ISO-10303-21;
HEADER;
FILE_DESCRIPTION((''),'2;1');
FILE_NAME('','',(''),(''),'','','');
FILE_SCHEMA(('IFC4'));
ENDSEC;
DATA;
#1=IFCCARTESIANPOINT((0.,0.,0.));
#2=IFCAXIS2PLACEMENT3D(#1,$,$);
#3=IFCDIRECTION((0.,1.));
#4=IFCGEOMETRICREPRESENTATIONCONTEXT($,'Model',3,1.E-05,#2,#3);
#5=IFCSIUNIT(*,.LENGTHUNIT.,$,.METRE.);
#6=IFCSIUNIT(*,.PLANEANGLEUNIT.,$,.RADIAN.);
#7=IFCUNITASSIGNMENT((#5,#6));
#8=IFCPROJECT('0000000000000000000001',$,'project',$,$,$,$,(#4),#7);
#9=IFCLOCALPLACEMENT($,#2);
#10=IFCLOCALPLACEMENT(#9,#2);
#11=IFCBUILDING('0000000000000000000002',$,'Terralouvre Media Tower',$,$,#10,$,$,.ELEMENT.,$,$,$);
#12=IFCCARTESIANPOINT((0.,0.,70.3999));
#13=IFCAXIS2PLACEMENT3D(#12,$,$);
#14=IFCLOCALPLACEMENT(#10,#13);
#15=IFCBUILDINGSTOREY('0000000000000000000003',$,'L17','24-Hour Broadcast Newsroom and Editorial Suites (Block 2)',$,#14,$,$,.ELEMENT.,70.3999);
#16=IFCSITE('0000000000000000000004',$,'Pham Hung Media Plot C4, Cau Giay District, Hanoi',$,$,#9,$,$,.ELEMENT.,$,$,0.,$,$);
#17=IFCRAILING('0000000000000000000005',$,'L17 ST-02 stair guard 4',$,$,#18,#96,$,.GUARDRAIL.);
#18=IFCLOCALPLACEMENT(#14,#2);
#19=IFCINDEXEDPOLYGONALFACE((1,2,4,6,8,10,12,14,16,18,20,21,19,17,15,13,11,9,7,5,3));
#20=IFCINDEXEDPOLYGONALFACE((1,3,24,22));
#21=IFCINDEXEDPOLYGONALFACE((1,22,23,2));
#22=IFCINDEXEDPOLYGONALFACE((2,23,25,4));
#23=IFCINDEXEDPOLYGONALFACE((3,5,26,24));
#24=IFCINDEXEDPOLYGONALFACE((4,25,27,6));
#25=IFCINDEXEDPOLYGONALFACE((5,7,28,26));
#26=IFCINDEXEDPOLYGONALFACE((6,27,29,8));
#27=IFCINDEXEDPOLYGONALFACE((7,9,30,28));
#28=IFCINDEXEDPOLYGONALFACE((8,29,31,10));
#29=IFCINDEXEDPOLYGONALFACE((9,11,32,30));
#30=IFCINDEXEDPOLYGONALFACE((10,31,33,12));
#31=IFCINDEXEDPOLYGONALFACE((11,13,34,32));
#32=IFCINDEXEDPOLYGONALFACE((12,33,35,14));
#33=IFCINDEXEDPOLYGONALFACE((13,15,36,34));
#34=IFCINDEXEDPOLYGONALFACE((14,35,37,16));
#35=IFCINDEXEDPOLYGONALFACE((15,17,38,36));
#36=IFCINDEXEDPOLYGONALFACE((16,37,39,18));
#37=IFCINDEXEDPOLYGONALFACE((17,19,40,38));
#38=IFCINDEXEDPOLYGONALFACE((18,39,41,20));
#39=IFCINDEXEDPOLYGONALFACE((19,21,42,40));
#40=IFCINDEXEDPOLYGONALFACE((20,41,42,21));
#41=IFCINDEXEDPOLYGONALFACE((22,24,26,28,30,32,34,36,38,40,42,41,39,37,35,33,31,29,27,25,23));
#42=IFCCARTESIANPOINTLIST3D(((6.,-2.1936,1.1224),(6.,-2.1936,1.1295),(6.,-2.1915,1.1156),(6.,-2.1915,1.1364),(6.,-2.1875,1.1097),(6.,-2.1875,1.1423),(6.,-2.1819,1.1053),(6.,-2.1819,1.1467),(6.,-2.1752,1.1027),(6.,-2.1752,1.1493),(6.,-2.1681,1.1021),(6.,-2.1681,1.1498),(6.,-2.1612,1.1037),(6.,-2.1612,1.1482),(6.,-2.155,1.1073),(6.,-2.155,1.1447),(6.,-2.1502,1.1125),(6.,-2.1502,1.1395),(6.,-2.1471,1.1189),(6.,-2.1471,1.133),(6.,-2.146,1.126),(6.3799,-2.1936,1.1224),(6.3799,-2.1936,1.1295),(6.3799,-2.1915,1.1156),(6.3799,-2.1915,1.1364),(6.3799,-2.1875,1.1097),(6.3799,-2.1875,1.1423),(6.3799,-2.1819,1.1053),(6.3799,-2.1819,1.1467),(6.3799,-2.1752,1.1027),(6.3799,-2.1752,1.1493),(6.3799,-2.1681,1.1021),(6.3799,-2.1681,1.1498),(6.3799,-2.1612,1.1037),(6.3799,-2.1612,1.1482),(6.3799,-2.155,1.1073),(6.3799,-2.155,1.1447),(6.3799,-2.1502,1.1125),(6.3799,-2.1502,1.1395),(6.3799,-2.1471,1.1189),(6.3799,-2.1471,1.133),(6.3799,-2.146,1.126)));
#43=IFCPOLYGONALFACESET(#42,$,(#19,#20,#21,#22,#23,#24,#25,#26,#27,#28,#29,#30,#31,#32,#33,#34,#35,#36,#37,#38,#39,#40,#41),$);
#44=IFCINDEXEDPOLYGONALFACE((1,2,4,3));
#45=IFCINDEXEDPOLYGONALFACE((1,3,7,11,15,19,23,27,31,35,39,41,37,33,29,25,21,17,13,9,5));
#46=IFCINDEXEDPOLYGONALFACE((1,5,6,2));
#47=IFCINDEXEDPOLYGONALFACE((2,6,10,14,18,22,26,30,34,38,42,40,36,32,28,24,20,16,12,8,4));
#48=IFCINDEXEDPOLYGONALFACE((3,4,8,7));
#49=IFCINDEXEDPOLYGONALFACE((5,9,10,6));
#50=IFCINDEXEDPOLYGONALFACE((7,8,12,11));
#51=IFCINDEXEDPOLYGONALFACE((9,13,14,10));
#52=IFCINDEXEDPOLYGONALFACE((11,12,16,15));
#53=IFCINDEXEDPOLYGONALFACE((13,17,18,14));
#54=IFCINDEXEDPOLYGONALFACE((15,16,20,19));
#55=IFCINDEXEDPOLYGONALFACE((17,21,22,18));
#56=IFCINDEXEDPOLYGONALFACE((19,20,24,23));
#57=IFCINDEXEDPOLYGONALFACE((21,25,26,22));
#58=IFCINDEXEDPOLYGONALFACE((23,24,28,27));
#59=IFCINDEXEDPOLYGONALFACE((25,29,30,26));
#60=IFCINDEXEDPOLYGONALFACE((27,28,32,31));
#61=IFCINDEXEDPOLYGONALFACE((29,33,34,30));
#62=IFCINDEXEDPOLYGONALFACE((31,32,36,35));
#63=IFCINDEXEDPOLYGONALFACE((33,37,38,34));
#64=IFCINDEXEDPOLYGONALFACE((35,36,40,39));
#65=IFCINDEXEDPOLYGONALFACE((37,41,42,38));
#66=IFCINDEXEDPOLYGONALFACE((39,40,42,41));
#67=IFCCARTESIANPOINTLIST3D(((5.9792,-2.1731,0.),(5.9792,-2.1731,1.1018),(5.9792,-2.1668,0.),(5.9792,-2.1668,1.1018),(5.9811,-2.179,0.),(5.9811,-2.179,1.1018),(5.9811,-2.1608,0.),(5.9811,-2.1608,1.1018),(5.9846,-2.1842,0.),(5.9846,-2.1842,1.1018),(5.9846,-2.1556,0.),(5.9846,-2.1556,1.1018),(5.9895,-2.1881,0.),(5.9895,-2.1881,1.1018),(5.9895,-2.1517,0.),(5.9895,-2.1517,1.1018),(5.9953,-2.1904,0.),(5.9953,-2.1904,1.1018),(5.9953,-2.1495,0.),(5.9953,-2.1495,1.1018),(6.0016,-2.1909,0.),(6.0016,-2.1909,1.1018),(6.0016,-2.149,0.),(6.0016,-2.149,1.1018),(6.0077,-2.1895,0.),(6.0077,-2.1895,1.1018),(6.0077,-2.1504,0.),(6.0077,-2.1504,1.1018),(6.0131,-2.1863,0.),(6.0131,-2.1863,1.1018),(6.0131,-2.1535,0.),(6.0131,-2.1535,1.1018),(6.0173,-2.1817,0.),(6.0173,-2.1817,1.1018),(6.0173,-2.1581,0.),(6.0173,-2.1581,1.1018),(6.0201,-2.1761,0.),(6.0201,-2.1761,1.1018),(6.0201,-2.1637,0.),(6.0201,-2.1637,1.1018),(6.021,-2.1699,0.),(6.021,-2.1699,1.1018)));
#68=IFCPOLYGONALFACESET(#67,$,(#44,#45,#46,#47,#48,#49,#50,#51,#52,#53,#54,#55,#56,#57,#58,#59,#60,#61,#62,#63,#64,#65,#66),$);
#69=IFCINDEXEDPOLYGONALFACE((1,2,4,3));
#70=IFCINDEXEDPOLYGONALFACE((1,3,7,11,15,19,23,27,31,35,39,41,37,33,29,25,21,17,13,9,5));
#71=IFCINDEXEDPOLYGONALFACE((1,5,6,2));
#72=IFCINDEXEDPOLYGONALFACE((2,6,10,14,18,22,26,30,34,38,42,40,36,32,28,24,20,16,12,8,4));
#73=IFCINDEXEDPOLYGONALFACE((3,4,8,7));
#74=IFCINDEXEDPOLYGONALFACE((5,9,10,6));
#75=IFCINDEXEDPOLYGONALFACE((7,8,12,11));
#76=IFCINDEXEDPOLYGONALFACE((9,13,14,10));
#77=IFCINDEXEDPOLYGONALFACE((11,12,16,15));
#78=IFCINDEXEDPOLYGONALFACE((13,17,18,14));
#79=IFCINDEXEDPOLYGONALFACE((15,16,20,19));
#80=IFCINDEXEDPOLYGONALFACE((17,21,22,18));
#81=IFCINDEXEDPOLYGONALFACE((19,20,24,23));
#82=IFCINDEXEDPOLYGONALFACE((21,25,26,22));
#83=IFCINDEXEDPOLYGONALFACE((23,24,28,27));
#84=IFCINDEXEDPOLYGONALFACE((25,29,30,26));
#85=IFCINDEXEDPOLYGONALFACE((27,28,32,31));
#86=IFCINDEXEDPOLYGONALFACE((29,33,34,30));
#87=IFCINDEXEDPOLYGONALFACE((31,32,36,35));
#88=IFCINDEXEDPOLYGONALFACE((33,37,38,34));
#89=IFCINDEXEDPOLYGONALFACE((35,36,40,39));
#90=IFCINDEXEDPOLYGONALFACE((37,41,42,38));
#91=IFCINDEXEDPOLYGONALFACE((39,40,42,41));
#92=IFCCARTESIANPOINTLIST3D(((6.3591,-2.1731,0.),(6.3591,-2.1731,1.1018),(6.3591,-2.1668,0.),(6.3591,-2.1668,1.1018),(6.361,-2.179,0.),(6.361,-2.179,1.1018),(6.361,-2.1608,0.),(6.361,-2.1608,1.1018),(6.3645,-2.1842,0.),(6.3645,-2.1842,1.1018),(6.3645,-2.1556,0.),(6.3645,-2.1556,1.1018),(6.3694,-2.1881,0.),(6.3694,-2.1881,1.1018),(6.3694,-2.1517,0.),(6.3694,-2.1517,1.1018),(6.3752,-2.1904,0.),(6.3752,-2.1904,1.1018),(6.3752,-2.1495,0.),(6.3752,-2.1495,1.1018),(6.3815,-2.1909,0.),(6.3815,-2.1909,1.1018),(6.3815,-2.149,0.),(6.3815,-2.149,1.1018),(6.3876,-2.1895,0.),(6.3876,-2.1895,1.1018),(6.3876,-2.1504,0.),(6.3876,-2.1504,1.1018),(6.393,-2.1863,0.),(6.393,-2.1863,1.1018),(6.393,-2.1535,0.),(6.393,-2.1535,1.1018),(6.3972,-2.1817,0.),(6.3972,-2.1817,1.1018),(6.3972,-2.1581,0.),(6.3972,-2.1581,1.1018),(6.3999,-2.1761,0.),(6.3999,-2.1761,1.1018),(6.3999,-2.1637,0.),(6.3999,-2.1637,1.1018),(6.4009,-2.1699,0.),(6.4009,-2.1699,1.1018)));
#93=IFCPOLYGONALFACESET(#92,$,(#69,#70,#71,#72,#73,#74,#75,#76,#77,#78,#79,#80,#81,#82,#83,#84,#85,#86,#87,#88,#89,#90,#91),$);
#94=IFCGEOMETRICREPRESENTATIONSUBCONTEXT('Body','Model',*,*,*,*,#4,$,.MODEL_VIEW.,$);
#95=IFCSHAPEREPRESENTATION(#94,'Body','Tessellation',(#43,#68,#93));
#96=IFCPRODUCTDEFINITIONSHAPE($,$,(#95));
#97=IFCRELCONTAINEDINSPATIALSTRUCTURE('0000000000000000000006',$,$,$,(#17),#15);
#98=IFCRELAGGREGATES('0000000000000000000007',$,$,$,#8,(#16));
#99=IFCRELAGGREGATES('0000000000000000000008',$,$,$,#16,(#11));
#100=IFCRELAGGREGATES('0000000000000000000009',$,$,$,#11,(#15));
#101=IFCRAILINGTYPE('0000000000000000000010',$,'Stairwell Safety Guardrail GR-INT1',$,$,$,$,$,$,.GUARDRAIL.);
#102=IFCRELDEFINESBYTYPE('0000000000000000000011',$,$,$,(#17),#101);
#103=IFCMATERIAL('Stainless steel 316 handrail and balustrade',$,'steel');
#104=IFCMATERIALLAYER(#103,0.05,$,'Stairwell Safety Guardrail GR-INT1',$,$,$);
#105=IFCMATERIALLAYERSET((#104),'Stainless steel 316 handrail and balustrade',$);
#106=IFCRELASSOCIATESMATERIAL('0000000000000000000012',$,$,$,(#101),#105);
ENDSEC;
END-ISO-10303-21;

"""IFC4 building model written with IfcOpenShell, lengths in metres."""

from ifc_helpers import new_model, si_unit, direction, frame, origin, origin_2d, place, context, subcontext, project, spatial, circle, extrude, material, layer, layer_set, type_object, element, save


model = new_model("IFC4")

# Units and contexts
model_context = context("Model", 3, precision=1e-05, world=origin(), true_north=direction((0.0, 1.0)))
body_context = subcontext(model_context, "Body", "Model", "MODEL_VIEW")
ifc_project = project(units=[si_unit("LENGTHUNIT", "METRE"), si_unit("PLANEANGLEUNIT", "RADIAN")], contexts=[model_context])

# Site, building, storey
site_placement = place(None, origin())
site = spatial("IfcSite", under=ifc_project, at=site_placement, Name="Pham Hung Media Plot C4, Cau Giay District, Hanoi", CompositionType="ELEMENT", RefElevation=0.0)
building_placement = place(site_placement, origin())
building = spatial("IfcBuilding", under=site, at=building_placement, Name="Terralouvre Media Tower", CompositionType="ELEMENT")
storey_placement = place(building_placement, frame((0.0, 0.0, 70.3999)))
storey = spatial("IfcBuildingStorey", under=building, at=storey_placement, Name="L17", Description="24-Hour Broadcast Newsroom and Editorial Suites (Block 2)", CompositionType="ELEMENT", Elevation=70.3999)

# Railing
ifc_material_1 = material(Name="Stainless steel 316 handrail and balustrade", Category="steel")
ifc_layer_1 = layer(ifc_material_1, 0.05, Name="Stairwell Safety Guardrail GR-INT1")
ifc_layer_set_1 = layer_set([ifc_layer_1], Name="Stainless steel 316 handrail and balustrade")
railing_type_1 = type_object("IfcRailingType", Name="Stairwell Safety Guardrail GR-INT1", PredefinedType="GUARDRAIL", material=ifc_layer_set_1)
railing_1_placement = place(storey_placement, frame((6.0, -2.1699, 0.0)))
element("IfcRailing", 1, at=railing_1_placement, inside=storey, type_object=railing_type_1, Name="L17 ST-02 stair guard 4", PredefinedType="GUARDRAIL", context=body_context, shape_type="SweptSolid", body=[
    extrude(circle(Radius=0.0239, at=origin_2d()), frame((0.0, 0.0, 1.126), z_axis=(1.0, 0.0, 0.0), x_axis=(0.0, 1.0, 0.0)), (0.0, 0.0, 1.0), 0.3799),
    extrude(circle(Radius=0.021, at=origin_2d()), origin(), (0.0, 0.0, 1.0), 1.1018),
    extrude(circle(Radius=0.021, at=origin_2d()), frame((0.3799, 0.0, 0.0)), (0.0, 0.0, 1.0), 1.1018),
])

save(model, "model.ifc")
